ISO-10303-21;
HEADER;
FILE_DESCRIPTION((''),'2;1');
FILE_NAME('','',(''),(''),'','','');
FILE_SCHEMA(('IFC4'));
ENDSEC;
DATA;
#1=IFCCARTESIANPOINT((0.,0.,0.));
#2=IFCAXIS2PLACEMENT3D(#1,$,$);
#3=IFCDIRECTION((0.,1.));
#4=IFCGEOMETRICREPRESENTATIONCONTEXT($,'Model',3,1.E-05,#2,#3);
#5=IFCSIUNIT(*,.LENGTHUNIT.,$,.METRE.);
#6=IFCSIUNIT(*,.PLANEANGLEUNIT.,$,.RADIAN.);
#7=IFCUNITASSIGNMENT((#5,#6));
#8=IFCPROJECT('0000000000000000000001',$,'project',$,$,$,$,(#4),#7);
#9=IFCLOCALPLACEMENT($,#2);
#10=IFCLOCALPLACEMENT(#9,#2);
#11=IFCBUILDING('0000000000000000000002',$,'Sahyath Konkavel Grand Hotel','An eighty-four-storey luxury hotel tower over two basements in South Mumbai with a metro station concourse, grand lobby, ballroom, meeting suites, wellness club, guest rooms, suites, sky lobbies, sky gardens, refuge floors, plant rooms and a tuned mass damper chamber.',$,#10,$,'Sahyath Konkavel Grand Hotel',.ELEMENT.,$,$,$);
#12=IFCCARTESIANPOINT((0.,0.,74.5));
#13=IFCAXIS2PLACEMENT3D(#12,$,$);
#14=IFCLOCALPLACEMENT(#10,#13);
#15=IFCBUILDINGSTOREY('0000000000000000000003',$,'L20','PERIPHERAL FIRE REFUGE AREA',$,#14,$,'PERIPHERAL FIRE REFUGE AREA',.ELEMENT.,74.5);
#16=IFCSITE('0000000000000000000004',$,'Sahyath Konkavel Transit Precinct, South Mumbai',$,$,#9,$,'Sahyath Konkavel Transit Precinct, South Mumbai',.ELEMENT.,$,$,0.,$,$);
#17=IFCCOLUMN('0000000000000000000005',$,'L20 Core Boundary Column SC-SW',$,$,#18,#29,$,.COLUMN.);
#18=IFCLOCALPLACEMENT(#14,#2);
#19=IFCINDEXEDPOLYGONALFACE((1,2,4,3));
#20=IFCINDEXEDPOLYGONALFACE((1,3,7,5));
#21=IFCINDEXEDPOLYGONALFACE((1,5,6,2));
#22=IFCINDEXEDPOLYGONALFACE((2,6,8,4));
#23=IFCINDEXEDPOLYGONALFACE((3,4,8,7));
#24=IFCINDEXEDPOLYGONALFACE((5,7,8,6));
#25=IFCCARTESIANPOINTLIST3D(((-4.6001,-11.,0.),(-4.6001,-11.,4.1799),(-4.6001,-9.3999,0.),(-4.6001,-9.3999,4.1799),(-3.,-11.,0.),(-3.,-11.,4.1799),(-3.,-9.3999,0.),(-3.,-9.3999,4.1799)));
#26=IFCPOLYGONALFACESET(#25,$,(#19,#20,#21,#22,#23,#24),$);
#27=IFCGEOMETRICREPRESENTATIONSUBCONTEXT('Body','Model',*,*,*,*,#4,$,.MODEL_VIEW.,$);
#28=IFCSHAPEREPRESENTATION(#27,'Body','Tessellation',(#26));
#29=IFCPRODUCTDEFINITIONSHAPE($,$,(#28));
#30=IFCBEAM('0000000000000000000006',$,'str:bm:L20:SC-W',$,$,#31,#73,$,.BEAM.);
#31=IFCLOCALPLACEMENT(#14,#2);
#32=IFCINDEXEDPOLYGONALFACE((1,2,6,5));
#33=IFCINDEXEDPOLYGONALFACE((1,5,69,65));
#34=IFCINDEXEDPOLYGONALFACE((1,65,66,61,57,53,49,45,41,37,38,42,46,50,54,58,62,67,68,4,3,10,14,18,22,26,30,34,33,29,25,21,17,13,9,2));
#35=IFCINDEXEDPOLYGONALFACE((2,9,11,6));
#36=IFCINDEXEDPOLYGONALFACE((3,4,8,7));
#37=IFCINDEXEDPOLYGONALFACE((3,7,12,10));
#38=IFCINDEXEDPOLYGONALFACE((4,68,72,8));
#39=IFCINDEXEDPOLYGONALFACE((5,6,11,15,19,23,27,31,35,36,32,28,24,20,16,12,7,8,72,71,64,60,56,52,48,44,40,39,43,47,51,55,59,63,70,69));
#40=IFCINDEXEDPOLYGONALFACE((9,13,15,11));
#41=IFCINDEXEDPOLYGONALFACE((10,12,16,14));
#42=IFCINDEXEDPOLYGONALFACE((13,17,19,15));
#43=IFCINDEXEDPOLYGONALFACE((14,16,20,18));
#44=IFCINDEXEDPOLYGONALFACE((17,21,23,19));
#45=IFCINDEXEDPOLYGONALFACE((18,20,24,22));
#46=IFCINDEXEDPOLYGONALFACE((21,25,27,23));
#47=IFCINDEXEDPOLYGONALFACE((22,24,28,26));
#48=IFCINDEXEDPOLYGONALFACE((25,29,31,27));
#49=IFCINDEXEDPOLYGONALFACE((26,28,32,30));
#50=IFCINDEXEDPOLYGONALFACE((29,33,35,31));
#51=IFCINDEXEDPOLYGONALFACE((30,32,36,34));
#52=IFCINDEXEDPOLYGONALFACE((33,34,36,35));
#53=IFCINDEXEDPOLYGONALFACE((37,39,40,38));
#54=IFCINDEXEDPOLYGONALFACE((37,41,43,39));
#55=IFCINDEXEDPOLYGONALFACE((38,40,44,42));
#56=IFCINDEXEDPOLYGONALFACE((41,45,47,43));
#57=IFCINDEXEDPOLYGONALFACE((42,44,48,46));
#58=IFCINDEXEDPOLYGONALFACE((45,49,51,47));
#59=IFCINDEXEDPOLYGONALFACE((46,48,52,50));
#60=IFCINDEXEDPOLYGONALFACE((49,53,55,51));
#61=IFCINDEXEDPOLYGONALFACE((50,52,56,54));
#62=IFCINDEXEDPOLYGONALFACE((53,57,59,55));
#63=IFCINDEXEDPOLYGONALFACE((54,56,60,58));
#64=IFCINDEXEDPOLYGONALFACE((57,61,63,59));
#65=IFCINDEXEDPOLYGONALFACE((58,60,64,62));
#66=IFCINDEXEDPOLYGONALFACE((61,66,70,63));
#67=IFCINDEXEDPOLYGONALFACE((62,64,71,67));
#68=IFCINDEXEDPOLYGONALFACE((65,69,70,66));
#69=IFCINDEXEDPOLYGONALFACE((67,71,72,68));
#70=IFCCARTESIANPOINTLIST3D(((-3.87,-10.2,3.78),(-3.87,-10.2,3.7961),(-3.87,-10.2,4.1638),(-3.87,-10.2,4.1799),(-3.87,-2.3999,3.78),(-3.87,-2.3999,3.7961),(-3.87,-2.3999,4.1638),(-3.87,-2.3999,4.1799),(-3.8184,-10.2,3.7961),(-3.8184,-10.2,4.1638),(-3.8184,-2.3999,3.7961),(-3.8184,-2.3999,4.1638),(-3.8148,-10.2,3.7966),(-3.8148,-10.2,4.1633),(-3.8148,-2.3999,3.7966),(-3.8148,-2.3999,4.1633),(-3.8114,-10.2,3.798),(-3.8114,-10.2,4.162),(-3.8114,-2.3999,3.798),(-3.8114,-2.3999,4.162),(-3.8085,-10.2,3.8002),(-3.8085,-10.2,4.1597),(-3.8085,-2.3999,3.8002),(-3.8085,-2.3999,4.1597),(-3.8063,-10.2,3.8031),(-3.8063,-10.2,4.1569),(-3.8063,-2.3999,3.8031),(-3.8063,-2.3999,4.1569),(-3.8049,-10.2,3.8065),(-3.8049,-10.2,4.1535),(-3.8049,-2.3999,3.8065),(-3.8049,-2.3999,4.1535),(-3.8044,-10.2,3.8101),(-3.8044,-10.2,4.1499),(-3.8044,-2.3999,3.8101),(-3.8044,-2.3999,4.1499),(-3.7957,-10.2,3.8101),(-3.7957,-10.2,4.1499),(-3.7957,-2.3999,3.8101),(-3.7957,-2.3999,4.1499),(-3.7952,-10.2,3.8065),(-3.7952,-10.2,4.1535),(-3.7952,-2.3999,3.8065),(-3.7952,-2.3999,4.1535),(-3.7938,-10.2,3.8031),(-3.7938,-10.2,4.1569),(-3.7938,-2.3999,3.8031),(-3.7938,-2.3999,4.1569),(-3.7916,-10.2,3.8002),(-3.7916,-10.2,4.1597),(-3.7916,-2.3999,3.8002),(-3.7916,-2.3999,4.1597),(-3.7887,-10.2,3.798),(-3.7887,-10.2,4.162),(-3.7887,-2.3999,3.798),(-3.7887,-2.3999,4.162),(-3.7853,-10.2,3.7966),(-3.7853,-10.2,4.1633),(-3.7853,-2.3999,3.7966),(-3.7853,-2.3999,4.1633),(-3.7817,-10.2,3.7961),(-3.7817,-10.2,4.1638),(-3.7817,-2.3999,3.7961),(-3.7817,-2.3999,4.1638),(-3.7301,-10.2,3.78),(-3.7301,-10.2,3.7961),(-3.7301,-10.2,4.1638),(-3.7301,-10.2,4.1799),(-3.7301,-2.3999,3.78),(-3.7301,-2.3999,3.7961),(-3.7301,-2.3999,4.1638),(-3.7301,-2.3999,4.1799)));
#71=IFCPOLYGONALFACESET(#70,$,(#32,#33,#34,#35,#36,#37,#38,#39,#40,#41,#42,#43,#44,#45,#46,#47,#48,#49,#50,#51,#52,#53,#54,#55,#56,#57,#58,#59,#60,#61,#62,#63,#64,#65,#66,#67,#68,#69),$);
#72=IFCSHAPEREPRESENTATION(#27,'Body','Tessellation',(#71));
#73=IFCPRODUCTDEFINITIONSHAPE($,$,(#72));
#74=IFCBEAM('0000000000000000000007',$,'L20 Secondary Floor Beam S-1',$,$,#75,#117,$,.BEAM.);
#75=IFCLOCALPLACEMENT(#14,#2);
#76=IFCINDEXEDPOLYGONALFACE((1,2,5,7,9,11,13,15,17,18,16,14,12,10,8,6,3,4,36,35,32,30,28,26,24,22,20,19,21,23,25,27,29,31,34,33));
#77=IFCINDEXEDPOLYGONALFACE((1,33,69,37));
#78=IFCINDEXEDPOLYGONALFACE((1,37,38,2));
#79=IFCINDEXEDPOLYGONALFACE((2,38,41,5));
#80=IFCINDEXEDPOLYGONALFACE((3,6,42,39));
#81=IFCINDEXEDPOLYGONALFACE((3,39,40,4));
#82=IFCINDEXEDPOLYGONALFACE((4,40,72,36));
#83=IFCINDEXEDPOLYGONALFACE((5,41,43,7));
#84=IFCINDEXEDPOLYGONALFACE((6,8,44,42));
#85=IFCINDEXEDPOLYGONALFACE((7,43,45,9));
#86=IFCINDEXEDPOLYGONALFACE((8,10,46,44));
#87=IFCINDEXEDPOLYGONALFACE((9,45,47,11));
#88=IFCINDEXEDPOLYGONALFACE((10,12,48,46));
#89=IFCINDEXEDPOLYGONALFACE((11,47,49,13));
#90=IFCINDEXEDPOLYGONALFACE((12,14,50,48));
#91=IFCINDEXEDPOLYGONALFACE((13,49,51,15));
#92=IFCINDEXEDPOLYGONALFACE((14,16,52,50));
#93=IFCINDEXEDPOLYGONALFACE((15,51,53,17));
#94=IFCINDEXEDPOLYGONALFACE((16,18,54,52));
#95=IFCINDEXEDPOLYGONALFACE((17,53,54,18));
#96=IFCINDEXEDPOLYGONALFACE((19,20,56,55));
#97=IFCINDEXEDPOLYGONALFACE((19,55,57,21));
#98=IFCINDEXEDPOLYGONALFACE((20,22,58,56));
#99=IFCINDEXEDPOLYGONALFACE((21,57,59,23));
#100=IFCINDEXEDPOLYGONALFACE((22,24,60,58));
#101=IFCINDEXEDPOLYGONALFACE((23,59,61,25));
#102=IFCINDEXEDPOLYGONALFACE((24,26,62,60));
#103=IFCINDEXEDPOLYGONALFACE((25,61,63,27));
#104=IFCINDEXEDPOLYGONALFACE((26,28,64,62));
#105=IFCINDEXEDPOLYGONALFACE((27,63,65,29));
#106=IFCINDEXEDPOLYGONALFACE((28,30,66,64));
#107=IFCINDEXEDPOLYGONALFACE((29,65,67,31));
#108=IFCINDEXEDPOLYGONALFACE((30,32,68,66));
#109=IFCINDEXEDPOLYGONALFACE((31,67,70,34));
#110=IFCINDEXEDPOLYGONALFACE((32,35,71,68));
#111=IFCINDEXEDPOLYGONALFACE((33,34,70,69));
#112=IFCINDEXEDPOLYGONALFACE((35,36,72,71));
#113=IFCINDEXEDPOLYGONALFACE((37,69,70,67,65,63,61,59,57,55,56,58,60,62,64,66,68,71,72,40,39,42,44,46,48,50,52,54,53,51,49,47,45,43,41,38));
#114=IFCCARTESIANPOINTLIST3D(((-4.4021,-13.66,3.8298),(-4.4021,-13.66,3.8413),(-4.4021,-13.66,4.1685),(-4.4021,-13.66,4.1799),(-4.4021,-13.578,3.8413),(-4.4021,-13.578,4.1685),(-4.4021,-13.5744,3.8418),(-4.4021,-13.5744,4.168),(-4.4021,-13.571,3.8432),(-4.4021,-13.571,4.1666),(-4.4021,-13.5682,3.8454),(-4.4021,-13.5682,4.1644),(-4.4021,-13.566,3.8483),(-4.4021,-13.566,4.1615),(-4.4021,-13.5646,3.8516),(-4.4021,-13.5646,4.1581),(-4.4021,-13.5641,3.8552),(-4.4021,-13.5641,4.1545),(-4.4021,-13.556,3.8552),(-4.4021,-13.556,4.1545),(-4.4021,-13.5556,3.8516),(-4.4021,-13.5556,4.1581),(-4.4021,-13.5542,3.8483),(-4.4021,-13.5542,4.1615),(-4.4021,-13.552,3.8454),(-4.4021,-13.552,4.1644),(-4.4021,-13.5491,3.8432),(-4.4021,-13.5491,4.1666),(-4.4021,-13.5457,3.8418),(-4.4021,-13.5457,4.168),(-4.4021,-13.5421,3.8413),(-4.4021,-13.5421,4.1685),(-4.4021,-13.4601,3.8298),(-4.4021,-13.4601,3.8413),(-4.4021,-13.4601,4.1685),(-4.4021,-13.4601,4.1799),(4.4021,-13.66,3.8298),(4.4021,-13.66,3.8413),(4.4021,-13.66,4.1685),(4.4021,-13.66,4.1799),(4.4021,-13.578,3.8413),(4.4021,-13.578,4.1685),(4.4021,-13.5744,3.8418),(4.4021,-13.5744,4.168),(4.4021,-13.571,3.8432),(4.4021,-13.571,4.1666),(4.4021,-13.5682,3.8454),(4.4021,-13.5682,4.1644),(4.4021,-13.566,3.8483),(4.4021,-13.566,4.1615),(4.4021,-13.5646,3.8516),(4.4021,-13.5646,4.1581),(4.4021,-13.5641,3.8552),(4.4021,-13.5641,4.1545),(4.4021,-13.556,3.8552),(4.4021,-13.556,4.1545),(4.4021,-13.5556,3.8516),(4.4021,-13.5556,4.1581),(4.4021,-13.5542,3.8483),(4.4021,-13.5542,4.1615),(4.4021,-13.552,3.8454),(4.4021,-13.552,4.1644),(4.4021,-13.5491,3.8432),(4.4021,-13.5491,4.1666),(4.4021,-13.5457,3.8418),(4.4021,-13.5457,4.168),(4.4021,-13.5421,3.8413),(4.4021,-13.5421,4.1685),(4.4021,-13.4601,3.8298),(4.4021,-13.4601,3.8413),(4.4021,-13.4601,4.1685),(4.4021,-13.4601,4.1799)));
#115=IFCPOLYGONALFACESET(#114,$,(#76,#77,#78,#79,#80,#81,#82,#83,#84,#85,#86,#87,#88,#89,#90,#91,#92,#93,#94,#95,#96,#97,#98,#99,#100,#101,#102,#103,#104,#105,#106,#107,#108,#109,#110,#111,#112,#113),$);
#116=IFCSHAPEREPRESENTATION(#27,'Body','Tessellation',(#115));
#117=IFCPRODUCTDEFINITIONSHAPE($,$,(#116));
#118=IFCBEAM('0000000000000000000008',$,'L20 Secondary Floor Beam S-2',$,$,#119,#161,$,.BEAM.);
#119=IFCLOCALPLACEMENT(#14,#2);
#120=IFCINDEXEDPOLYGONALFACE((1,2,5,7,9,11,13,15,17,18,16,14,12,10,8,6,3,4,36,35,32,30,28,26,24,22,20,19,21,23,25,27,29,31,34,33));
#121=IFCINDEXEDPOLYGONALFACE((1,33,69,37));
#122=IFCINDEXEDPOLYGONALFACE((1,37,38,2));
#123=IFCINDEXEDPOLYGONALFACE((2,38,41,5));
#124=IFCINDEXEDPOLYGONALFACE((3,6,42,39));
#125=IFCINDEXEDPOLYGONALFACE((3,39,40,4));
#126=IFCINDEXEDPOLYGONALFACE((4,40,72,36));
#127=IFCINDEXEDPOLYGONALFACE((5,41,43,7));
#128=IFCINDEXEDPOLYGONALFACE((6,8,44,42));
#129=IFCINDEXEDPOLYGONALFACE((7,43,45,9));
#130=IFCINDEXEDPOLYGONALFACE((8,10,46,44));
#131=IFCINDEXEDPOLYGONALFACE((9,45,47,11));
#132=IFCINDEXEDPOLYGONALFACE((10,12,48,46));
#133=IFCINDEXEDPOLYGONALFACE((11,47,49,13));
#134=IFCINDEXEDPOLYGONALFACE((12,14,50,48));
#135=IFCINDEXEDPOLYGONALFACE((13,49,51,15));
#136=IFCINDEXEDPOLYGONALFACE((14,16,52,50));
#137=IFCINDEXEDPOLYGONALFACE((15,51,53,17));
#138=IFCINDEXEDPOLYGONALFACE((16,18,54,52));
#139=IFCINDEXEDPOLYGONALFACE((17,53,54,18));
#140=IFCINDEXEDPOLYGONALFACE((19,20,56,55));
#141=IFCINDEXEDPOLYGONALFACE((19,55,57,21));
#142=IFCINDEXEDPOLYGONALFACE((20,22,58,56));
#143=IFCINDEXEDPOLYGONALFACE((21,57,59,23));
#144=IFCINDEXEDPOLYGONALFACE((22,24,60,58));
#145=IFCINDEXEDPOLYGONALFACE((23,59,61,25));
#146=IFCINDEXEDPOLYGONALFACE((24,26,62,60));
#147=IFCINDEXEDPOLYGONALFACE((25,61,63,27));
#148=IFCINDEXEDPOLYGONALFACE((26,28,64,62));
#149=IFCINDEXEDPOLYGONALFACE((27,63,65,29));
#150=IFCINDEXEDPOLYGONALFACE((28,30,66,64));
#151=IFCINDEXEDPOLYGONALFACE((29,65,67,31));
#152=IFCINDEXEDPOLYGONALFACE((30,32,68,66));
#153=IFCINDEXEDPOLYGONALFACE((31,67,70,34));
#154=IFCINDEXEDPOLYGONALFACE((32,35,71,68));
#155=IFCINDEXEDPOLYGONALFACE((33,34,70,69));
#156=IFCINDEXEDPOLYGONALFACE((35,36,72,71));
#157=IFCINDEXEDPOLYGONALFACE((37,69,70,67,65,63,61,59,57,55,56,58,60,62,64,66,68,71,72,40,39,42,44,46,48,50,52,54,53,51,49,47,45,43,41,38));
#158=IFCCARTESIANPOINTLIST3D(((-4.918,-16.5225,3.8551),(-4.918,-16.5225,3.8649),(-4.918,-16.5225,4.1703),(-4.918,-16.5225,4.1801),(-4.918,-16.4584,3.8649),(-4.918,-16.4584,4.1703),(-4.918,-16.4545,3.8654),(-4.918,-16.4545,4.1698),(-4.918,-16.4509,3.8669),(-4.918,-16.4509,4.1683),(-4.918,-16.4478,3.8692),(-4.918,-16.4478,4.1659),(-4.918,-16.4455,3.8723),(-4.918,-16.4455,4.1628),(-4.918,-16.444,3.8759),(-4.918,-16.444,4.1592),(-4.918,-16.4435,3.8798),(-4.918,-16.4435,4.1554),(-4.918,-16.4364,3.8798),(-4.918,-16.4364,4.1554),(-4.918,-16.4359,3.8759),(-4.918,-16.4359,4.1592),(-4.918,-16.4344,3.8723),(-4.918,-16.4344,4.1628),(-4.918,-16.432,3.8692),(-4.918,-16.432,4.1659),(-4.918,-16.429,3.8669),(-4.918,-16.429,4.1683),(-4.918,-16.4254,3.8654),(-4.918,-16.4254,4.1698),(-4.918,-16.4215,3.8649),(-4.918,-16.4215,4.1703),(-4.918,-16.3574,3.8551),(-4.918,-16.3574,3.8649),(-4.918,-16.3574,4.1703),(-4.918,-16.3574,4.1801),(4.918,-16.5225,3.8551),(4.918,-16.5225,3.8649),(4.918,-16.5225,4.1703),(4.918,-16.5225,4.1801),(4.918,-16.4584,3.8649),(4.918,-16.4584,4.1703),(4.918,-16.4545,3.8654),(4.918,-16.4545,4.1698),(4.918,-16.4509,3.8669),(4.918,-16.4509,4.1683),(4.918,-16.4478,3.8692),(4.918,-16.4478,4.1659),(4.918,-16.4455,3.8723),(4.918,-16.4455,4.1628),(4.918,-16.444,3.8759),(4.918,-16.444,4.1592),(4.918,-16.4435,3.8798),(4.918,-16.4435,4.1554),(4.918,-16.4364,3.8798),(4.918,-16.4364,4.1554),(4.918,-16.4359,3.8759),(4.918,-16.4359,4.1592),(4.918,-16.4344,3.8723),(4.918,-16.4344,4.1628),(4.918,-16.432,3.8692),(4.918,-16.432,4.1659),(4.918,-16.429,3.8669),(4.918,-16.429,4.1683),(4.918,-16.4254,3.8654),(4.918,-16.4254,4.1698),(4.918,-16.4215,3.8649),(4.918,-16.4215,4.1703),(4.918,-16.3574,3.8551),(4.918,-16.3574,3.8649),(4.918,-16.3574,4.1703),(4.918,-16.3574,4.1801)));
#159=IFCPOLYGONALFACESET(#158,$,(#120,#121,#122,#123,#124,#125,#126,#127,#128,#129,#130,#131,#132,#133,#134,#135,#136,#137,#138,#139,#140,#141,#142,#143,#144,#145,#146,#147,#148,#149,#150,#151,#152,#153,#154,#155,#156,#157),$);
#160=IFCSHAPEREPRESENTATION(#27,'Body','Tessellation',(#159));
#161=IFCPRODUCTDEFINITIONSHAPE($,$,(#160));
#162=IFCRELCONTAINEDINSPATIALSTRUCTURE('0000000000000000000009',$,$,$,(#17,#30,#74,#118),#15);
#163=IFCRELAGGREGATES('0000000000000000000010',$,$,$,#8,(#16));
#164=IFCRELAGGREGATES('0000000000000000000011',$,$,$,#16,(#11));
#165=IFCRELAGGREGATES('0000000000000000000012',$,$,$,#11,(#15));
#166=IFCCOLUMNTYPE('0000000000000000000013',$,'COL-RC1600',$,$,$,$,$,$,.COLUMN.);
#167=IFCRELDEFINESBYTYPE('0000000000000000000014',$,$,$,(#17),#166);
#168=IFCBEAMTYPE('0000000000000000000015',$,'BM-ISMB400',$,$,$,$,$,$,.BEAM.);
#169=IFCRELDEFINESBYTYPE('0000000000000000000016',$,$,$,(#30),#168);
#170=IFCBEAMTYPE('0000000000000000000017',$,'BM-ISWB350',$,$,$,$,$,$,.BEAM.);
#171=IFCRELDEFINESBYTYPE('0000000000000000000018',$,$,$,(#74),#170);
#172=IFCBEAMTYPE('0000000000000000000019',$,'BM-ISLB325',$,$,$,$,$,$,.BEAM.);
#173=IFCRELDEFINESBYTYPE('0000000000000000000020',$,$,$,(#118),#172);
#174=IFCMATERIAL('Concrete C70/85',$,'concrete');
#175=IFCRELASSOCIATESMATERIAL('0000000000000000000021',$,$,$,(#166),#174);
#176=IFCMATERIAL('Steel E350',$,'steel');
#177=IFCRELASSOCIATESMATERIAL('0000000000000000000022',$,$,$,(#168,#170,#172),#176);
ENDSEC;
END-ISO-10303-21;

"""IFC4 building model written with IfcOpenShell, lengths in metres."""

from ifc_helpers import new_model, si_unit, direction, frame, origin, origin_2d, place, context, subcontext, project, spatial, rectangle, i_section, extrude, source, transform, mapped, material, material_profile, profile_set, type_object, element, save


model = new_model("IFC4")

# Units and contexts
model_context = context("Model", 3, precision=1e-05, world=origin(), true_north=direction((0.0, 1.0)))
body_context = subcontext(model_context, "Body", "Model", "MODEL_VIEW")
ifc_project = project(units=[si_unit("LENGTHUNIT", "METRE"), si_unit("PLANEANGLEUNIT", "RADIAN")], contexts=[model_context])

# Site, building, storey
site_placement = place(None, origin())
site = spatial("IfcSite", under=ifc_project, at=site_placement, Name="Sahyath Konkavel Transit Precinct, South Mumbai", LongName="Sahyath Konkavel Transit Precinct, South Mumbai", CompositionType="ELEMENT", RefElevation=0.0)
building_placement = place(site_placement, origin())
building = spatial("IfcBuilding", under=site, at=building_placement, Name="Sahyath Konkavel Grand Hotel", Description="An eighty-four-storey luxury hotel tower over two basements in South Mumbai with a metro station concourse, grand lobby, ballroom, meeting suites, wellness club, guest rooms, suites, sky lobbies, sky gardens, refuge floors, plant rooms and a tuned mass damper chamber.", LongName="Sahyath Konkavel Grand Hotel", CompositionType="ELEMENT")
storey_placement = place(building_placement, frame((0.0, 0.0, 74.5)))
storey = spatial("IfcBuildingStorey", under=building, at=storey_placement, Name="L20", Description="PERIPHERAL FIRE REFUGE AREA", LongName="PERIPHERAL FIRE REFUGE AREA", CompositionType="ELEMENT", Elevation=74.5)

# Column
ifc_material_1 = material(Name="Concrete C70/85", Category="concrete")
ifc_material_profile_1 = material_profile(ifc_material_1, rectangle(XDim=1.6001, YDim=1.6001, at=origin_2d()), Name="RC 1600x1600")
ifc_profile_set_1 = profile_set([ifc_material_profile_1], Name="Concrete C70/85")
column_type = type_object("IfcColumnType", Name="COL-RC1600", PredefinedType="COLUMN", material=ifc_profile_set_1)
shared_shape_1 = source(origin(), body_context, "Body", "SweptSolid", [
    extrude(rectangle(XDim=1.6001, YDim=1.6001, at=origin_2d()), origin(), (0.0, 0.0, 1.0), 4.1799),
])
column_placement = place(storey_placement, frame((-3.8, -10.2, 0.0), z_axis=(0.0, 0.0, 1.0), x_axis=(1.0, 0.0, 0.0)))
element("IfcColumn", 1, at=column_placement, inside=storey, type_object=column_type, Name="L20 Core Boundary Column SC-SW", PredefinedType="COLUMN", context=body_context, shape_type="MappedRepresentation", body=[
    mapped(shared_shape_1, transform((0.0, 0.0, 0.0), scale=1.0)),
])

# Beams
ifc_material_2 = material(Name="Steel E350", Category="steel")
ifc_material_profile_2 = material_profile(ifc_material_2, i_section(OverallWidth=0.1399, OverallDepth=0.3999, WebThickness=0.0088, FlangeThickness=0.0161, FilletRadius=0.0139, at=origin_2d()), Name="ISMB 400")
ifc_profile_set_2 = profile_set([ifc_material_profile_2], Name="Steel E350")
beam_type_1 = type_object("IfcBeamType", Name="BM-ISMB400", PredefinedType="BEAM", material=ifc_profile_set_2)
shared_shape_2 = source(origin(), body_context, "Body", "SweptSolid", [
    extrude(i_section(OverallWidth=0.1399, OverallDepth=0.3999, WebThickness=0.0088, FlangeThickness=0.0161, FilletRadius=0.0139, at=origin_2d()), origin(), (0.0, 0.0, 1.0), 7.8),
])
beam_1_placement = place(storey_placement, frame((-3.8, -10.2, 3.98), z_axis=(0.0, 1.0, 0.0), x_axis=(-1.0, 0.0, 0.0)))
element("IfcBeam", 2, at=beam_1_placement, inside=storey, type_object=beam_type_1, Name="str:bm:L20:SC-W", PredefinedType="BEAM", context=body_context, shape_type="MappedRepresentation", body=[
    mapped(shared_shape_2, transform((0.0, 0.0, 0.0), scale=1.0)),
])
ifc_material_profile_3 = material_profile(ifc_material_2, i_section(OverallWidth=0.2, OverallDepth=0.3501, WebThickness=0.0081, FlangeThickness=0.0115, FilletRadius=0.0139, at=origin_2d()), Name="ISWB 350")
ifc_profile_set_3 = profile_set([ifc_material_profile_3], Name="Steel E350")
beam_type_2 = type_object("IfcBeamType", Name="BM-ISWB350", PredefinedType="BEAM", material=ifc_profile_set_3)
shared_shape_3 = source(origin(), body_context, "Body", "SweptSolid", [
    extrude(i_section(OverallWidth=0.2, OverallDepth=0.3501, WebThickness=0.0081, FlangeThickness=0.0115, FilletRadius=0.0139, at=origin_2d()), origin(), (0.0, 0.0, 1.0), 8.8042),
])
beam_2_placement = place(storey_placement, frame((-4.4021, -13.5601, 4.0049), z_axis=(1.0, 0.0, 0.0), x_axis=(0.0, 1.0, 0.0)))
element("IfcBeam", 3, at=beam_2_placement, inside=storey, type_object=beam_type_2, Name="L20 Secondary Floor Beam S-1", PredefinedType="BEAM", context=body_context, shape_type="MappedRepresentation", body=[
    mapped(shared_shape_3, transform((0.0, 0.0, 0.0), scale=1.0)),
])
ifc_material_profile_4 = material_profile(ifc_material_2, i_section(OverallWidth=0.165, OverallDepth=0.325, WebThickness=0.0071, FlangeThickness=0.0098, FilletRadius=0.0149, at=origin_2d()), Name="ISLB 325")
ifc_profile_set_4 = profile_set([ifc_material_profile_4], Name="Steel E350")
beam_type_3 = type_object("IfcBeamType", Name="BM-ISLB325", PredefinedType="BEAM", material=ifc_profile_set_4)
shared_shape_4 = source(origin(), body_context, "Body", "SweptSolid", [
    extrude(i_section(OverallWidth=0.165, OverallDepth=0.325, WebThickness=0.0071, FlangeThickness=0.0098, FilletRadius=0.0149, at=origin_2d()), origin(), (0.0, 0.0, 1.0), 9.8359),
])
beam_3_placement = place(storey_placement, frame((-4.918, -16.4399, 4.0176), z_axis=(1.0, 0.0, 0.0), x_axis=(0.0, 1.0, 0.0)))
element("IfcBeam", 4, at=beam_3_placement, inside=storey, type_object=beam_type_3, Name="L20 Secondary Floor Beam S-2", PredefinedType="BEAM", context=body_context, shape_type="MappedRepresentation", body=[
    mapped(shared_shape_4, transform((0.0, 0.0, 0.0), scale=1.0)),
])

save(model, "model.ifc")
